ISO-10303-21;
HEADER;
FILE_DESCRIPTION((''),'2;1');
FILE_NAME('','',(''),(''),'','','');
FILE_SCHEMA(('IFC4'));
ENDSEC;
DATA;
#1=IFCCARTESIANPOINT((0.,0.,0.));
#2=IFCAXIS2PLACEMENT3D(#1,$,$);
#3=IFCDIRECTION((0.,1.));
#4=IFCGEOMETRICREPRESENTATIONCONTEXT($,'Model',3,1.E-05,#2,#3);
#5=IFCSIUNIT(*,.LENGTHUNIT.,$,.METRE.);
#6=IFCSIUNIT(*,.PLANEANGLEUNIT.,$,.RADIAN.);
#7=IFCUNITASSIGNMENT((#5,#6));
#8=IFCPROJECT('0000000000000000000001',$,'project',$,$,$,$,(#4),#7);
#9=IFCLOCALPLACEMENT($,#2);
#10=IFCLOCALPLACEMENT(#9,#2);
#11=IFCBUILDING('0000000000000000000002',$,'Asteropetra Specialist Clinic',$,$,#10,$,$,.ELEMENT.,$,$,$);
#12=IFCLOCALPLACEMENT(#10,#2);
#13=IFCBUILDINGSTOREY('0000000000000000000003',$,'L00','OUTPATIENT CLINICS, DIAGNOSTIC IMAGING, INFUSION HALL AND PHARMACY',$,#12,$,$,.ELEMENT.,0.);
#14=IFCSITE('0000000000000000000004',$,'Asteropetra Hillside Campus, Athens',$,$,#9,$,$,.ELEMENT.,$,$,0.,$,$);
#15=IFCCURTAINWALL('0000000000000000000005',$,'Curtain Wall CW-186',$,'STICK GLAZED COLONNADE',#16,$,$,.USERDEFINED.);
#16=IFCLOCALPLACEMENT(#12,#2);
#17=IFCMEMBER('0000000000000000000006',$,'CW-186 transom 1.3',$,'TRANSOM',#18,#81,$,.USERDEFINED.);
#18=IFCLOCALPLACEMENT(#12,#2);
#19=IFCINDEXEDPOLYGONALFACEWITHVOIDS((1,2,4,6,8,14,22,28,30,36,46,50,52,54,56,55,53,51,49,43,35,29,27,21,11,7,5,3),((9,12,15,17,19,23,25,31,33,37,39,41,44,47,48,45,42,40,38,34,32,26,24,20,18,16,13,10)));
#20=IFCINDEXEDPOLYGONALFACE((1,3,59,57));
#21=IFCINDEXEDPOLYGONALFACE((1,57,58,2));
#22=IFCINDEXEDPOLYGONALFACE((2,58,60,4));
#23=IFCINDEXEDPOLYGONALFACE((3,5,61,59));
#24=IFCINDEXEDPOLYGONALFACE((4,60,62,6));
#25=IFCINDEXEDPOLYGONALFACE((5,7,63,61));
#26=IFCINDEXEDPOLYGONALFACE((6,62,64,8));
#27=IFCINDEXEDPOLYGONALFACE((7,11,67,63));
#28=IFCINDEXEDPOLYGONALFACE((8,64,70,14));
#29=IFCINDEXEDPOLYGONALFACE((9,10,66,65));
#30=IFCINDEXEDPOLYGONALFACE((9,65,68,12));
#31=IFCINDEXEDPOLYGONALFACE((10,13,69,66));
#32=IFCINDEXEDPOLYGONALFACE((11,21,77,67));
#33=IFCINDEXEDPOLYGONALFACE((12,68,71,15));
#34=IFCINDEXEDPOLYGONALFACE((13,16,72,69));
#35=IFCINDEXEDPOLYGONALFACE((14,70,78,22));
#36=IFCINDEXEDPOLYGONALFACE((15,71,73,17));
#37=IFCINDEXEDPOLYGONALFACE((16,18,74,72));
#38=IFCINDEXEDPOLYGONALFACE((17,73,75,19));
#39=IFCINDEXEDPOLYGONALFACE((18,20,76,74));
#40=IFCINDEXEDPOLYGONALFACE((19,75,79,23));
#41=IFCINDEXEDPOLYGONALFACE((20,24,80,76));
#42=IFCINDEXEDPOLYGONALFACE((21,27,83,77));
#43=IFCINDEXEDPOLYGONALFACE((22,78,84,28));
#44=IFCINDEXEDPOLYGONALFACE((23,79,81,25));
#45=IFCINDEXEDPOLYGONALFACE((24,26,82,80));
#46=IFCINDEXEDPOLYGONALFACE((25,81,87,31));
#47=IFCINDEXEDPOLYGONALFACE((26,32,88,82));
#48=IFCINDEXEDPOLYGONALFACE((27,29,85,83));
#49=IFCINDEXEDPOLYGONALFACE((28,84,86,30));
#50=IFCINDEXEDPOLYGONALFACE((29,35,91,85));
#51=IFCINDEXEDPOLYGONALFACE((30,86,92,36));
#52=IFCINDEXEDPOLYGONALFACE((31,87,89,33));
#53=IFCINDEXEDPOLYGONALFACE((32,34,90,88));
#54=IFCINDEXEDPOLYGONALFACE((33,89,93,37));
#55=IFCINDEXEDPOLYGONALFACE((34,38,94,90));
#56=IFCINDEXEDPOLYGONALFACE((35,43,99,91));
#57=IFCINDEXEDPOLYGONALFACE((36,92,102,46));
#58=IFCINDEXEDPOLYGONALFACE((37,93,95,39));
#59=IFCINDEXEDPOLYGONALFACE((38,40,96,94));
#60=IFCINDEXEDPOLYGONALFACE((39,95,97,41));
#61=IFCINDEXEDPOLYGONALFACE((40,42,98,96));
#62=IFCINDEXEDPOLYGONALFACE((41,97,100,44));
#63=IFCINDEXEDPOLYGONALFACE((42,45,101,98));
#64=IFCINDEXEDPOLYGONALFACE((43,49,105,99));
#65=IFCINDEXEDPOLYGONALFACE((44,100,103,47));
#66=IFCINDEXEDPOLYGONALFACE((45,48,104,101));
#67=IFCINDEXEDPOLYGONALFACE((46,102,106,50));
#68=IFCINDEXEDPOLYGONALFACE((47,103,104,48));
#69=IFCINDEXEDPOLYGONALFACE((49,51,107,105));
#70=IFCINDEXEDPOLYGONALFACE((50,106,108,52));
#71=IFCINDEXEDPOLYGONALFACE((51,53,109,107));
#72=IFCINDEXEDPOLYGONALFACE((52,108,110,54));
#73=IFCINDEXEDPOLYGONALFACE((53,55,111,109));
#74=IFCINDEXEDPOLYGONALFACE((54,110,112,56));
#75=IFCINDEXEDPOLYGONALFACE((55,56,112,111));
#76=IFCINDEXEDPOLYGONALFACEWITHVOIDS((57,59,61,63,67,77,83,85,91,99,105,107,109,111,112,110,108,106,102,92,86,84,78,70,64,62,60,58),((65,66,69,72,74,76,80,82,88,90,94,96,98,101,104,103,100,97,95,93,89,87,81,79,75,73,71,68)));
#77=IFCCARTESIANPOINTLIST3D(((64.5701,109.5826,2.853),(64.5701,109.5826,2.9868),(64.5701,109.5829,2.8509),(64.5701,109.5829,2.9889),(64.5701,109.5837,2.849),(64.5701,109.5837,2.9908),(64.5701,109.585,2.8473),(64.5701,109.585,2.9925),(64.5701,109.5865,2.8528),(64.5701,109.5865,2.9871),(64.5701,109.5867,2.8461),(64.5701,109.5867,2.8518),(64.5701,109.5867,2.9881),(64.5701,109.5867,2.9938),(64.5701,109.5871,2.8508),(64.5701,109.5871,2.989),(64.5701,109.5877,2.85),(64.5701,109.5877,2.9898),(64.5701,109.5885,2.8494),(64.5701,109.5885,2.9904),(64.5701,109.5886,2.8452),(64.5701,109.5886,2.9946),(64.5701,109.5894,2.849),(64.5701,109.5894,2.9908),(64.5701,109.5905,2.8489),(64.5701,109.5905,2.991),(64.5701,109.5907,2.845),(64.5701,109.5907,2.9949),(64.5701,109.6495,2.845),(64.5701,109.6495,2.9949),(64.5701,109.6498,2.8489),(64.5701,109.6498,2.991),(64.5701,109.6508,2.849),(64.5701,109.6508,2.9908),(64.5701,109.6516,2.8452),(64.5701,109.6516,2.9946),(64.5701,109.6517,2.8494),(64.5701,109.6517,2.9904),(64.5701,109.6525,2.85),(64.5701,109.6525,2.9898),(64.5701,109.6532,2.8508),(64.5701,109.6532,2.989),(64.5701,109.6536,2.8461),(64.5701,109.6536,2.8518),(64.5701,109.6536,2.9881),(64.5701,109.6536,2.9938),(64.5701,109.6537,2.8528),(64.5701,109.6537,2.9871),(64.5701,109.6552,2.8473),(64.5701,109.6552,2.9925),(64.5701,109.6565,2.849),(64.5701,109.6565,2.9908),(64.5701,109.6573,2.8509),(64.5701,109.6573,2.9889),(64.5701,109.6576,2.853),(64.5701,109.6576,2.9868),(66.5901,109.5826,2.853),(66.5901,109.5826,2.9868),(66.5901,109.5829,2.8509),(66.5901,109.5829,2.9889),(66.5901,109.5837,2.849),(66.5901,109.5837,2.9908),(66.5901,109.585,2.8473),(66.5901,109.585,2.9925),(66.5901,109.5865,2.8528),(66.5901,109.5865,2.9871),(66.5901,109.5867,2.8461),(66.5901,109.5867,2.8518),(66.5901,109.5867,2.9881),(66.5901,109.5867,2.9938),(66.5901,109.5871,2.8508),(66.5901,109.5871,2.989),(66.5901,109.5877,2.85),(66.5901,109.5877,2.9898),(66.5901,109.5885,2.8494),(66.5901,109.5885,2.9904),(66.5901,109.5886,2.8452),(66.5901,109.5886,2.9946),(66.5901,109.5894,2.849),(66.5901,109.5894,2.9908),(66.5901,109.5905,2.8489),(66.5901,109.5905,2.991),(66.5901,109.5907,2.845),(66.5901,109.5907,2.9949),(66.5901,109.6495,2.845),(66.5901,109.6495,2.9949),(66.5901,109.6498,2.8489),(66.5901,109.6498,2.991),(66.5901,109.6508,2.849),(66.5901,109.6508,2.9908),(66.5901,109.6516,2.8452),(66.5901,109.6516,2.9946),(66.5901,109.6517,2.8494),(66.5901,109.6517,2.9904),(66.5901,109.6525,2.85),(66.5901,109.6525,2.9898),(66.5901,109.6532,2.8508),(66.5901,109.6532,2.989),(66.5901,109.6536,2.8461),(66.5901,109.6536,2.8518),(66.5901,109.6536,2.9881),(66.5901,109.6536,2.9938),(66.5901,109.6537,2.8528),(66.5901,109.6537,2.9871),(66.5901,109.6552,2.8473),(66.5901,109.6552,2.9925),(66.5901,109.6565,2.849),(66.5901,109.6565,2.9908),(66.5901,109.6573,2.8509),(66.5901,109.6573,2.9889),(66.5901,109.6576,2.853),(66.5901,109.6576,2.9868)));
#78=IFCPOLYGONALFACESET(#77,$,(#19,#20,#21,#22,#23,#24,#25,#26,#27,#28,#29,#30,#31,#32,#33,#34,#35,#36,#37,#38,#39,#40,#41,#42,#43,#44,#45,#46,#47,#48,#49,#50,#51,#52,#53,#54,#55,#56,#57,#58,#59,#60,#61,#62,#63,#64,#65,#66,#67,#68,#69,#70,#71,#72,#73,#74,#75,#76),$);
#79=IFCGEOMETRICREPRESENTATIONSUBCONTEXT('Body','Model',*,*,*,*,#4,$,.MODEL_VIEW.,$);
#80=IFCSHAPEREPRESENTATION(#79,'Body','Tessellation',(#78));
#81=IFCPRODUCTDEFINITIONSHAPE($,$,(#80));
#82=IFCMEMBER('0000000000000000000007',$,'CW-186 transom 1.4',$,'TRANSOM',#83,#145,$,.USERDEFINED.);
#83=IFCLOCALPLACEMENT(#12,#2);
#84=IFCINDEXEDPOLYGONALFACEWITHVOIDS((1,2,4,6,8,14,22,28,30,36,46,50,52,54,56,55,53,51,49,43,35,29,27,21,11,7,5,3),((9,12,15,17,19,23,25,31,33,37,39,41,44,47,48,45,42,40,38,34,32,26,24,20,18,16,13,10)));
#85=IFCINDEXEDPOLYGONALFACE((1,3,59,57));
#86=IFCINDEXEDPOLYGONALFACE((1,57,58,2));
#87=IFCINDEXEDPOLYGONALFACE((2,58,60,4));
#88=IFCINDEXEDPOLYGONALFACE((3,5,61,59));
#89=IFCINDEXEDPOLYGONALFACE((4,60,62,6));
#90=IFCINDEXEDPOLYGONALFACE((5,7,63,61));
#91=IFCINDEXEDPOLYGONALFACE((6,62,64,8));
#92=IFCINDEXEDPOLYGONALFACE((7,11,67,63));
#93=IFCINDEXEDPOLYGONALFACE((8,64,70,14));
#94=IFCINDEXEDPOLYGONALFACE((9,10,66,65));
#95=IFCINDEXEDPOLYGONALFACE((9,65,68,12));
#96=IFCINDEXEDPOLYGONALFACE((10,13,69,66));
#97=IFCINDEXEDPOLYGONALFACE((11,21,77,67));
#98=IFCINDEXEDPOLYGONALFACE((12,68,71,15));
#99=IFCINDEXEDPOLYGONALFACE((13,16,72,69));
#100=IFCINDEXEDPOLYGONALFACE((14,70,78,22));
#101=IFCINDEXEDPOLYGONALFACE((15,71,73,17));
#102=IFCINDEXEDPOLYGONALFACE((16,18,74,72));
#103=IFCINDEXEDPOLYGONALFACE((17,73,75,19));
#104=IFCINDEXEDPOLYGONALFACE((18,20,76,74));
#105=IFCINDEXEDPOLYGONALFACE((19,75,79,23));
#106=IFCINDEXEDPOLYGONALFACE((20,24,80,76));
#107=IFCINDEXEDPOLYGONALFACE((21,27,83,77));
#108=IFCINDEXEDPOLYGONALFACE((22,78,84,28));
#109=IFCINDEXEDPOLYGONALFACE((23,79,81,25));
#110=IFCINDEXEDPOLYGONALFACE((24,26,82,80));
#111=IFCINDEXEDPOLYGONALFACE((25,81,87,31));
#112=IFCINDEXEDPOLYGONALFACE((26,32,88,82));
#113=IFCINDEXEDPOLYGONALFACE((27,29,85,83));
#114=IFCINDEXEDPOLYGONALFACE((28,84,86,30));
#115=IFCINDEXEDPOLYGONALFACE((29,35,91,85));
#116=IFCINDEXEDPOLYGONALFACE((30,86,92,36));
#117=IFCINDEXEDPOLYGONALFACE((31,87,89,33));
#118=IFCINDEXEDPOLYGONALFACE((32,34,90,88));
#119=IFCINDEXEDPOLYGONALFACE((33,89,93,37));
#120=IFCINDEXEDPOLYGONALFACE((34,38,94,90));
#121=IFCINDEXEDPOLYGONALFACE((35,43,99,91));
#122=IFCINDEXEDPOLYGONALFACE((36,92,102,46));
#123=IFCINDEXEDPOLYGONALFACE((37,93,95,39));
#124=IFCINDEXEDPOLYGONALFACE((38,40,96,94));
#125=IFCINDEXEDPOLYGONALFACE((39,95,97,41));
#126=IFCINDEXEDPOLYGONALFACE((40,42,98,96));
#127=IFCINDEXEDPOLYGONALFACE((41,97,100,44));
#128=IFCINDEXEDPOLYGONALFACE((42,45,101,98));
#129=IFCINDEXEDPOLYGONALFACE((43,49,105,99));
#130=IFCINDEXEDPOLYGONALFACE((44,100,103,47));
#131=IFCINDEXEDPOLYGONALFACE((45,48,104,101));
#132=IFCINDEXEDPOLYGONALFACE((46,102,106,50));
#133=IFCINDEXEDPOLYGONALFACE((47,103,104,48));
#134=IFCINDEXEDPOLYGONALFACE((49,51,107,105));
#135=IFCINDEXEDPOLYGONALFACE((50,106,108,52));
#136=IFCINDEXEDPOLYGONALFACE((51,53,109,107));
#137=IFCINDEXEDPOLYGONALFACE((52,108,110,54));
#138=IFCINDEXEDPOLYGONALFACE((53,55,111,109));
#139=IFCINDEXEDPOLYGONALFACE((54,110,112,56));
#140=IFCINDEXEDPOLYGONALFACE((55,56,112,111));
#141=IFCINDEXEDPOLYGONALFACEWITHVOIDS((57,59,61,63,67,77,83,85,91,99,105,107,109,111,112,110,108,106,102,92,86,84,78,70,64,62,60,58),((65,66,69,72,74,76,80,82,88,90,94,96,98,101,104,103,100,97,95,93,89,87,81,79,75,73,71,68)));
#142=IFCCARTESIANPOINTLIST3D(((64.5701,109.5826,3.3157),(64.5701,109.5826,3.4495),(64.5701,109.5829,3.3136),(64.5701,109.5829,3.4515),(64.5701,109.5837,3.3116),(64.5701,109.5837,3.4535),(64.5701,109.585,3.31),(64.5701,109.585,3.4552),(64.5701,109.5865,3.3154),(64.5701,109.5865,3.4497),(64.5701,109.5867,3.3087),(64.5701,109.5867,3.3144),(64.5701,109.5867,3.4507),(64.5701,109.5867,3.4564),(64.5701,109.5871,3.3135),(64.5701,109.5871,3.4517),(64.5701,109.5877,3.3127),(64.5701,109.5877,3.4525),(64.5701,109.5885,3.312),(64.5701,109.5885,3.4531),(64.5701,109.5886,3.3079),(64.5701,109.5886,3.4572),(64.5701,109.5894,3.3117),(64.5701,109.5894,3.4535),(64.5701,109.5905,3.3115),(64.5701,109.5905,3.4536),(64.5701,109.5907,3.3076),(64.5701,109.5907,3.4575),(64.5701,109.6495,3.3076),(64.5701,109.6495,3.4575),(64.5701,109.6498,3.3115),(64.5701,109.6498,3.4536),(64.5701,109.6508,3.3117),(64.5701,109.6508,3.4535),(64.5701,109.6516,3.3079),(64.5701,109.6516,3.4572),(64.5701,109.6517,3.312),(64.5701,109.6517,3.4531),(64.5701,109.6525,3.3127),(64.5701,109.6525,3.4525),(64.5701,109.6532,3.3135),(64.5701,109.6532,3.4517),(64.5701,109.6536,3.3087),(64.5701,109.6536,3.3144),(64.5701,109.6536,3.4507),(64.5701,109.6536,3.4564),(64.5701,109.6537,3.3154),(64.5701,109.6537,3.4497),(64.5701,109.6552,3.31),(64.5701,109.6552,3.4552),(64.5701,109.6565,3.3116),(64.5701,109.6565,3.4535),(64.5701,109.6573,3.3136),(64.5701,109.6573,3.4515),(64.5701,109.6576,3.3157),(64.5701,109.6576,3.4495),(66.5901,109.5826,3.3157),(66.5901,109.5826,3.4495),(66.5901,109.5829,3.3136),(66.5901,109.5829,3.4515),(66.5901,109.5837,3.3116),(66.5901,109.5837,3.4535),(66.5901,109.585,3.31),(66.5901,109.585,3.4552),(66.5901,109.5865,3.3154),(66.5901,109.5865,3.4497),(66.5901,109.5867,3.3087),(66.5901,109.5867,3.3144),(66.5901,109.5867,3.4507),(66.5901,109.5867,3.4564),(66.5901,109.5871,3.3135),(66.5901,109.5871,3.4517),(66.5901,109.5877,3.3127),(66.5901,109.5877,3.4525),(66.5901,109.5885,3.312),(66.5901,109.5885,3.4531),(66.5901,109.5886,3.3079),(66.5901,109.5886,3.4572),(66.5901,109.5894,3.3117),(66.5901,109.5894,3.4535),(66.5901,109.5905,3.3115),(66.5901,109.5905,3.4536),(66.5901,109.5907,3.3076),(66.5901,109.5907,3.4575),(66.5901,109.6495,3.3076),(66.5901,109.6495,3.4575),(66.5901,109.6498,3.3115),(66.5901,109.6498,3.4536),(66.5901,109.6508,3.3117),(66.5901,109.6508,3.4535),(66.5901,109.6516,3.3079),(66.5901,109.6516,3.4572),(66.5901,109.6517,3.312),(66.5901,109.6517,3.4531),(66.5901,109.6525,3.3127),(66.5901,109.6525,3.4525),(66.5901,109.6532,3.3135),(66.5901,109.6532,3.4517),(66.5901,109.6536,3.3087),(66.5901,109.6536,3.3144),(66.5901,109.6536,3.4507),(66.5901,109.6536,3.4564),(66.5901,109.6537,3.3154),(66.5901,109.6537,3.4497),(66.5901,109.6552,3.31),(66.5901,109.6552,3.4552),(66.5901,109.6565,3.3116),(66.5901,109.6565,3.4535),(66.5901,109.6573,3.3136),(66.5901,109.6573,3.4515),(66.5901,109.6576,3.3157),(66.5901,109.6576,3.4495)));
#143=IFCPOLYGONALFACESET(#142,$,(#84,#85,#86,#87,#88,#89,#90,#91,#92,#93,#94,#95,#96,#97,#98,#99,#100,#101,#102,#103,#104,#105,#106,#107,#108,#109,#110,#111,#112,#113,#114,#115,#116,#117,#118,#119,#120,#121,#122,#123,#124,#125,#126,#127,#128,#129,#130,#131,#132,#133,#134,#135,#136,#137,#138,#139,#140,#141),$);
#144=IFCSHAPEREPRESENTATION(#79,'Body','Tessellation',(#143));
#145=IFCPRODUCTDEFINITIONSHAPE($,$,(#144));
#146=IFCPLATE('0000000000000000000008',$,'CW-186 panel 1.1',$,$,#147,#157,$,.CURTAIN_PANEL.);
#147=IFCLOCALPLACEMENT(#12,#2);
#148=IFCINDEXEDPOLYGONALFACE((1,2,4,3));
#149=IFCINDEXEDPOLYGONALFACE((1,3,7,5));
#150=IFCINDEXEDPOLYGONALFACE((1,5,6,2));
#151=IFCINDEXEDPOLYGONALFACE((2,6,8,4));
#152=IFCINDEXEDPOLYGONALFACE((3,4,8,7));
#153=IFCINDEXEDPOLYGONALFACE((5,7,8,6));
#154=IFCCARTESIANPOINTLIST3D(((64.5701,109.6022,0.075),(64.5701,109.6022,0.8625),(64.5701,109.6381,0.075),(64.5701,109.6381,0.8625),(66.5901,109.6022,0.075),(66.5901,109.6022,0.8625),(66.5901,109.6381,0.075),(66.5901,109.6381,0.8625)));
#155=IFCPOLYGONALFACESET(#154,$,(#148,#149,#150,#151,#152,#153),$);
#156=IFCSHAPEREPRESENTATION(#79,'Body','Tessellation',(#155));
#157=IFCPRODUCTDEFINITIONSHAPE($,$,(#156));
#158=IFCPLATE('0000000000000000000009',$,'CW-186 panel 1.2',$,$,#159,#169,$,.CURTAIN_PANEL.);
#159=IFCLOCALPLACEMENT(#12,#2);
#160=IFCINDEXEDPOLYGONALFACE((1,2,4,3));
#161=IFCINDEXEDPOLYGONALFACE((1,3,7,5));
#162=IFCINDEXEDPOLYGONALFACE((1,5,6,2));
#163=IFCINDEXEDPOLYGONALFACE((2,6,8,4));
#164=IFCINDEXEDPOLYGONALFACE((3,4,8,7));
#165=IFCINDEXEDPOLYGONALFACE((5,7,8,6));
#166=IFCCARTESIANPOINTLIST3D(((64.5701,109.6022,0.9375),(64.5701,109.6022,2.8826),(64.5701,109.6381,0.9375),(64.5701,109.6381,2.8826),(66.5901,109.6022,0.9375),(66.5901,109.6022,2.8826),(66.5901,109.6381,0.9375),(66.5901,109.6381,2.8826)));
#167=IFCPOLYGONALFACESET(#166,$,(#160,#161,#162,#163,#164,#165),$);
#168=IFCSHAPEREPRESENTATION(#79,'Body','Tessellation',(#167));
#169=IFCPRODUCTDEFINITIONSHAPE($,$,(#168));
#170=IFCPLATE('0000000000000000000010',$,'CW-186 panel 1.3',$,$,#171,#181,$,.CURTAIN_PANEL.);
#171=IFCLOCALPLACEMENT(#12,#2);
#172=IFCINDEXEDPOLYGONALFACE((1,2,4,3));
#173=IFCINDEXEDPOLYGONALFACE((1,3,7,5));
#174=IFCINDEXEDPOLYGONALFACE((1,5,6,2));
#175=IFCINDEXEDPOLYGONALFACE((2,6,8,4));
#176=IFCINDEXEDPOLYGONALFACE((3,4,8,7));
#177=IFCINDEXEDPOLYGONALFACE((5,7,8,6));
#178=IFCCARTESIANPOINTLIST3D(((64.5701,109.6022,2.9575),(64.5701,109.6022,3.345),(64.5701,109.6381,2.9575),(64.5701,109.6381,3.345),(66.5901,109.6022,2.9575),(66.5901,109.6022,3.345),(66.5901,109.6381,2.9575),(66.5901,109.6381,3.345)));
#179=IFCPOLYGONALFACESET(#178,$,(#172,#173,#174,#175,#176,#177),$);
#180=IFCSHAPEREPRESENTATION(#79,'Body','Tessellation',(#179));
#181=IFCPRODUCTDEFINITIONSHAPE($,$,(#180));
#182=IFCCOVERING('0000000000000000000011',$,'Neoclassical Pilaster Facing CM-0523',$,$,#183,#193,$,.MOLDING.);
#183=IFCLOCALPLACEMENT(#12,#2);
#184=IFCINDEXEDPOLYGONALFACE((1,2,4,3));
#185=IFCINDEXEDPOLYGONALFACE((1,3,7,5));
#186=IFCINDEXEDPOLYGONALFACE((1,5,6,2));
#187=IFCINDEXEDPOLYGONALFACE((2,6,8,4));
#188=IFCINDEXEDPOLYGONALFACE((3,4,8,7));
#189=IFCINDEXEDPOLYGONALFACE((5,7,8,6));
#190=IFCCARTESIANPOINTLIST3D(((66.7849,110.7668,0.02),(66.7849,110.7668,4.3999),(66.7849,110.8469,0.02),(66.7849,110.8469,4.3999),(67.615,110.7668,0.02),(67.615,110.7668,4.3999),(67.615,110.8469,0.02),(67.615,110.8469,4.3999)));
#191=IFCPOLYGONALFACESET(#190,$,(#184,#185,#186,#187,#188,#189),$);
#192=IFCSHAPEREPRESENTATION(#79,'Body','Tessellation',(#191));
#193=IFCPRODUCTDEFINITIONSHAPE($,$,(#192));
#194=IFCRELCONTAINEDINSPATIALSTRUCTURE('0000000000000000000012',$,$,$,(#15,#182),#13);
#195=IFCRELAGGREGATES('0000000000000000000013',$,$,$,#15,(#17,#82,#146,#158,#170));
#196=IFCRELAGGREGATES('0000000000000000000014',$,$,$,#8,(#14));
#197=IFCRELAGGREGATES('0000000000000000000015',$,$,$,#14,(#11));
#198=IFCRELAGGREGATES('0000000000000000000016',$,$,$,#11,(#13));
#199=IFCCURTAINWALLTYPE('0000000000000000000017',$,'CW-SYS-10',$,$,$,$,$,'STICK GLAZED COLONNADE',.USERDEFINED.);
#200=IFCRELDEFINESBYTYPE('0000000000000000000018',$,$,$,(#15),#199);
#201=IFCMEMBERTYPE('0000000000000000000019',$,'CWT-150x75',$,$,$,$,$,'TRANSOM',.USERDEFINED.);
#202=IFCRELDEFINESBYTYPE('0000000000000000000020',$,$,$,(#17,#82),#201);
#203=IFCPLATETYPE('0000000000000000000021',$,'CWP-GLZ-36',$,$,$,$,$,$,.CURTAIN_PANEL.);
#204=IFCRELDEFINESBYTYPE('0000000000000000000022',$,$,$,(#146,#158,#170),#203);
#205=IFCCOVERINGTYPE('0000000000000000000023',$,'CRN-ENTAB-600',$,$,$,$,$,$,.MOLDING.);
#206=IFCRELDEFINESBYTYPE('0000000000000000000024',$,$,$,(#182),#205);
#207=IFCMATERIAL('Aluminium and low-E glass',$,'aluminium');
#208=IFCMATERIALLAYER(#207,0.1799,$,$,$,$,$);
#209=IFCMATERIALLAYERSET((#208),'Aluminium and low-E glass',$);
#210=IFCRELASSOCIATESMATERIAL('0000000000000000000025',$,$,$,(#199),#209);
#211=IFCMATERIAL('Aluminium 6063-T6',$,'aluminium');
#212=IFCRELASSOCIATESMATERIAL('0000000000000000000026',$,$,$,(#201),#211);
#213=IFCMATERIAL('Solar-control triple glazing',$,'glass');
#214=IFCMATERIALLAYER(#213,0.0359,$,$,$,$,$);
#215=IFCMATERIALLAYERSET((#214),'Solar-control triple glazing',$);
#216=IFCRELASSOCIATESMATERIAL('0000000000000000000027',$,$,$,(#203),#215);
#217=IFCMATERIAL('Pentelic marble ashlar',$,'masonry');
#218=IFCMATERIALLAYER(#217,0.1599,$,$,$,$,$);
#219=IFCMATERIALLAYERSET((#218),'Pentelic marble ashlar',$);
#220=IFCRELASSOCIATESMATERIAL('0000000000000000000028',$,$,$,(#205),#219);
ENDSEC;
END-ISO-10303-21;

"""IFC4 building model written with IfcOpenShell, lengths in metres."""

from ifc_helpers import new_model, si_unit, direction, frame, origin, origin_2d, place, context, subcontext, project, spatial, rectangle, hollow_rectangle, extrude, material, layer, layer_set, material_profile, profile_set, type_object, element, aggregate, save


model = new_model("IFC4")

# Units and contexts
model_context = context("Model", 3, precision=1e-05, world=origin(), true_north=direction((0.0, 1.0)))
body_context = subcontext(model_context, "Body", "Model", "MODEL_VIEW")
ifc_project = project(units=[si_unit("LENGTHUNIT", "METRE"), si_unit("PLANEANGLEUNIT", "RADIAN")], contexts=[model_context])

# Site, building, storey
site_placement = place(None, origin())
site = spatial("IfcSite", under=ifc_project, at=site_placement, Name="Asteropetra Hillside Campus, Athens", CompositionType="ELEMENT", RefElevation=0.0)
building_placement = place(site_placement, origin())
building = spatial("IfcBuilding", under=site, at=building_placement, Name="Asteropetra Specialist Clinic", CompositionType="ELEMENT")
storey_placement = place(building_placement, origin())
storey = spatial("IfcBuildingStorey", under=building, at=storey_placement, Name="L00", Description="OUTPATIENT CLINICS, DIAGNOSTIC IMAGING, INFUSION HALL AND PHARMACY", CompositionType="ELEMENT", Elevation=0.0)

# Curtain wall, members, plates
ifc_material_1 = material(Name="Aluminium and low-E glass", Category="aluminium")
ifc_layer_1 = layer(ifc_material_1, 0.1799)
ifc_layer_set_1 = layer_set([ifc_layer_1], Name="Aluminium and low-E glass")
curtain_wall_type = type_object("IfcCurtainWallType", Name="CW-SYS-10", ElementType="STICK GLAZED COLONNADE", PredefinedType="USERDEFINED", material=ifc_layer_set_1)
curtain_wall_placement = place(storey_placement, origin())
curtain_wall = element("IfcCurtainWall", 1, at=curtain_wall_placement, inside=storey, type_object=curtain_wall_type, Name="Curtain Wall CW-186", ObjectType="STICK GLAZED COLONNADE", PredefinedType="USERDEFINED")
ifc_material_2 = material(Name="Aluminium 6063-T6", Category="aluminium")
ifc_material_profile_1 = material_profile(ifc_material_2, hollow_rectangle(XDim=0.075, YDim=0.1499, WallThickness=0.0039, InnerFilletRadius=0.0039, OuterFilletRadius=0.0081, at=origin_2d()), Name="TRN 150x75x4.0")
ifc_profile_set_1 = profile_set([ifc_material_profile_1], Name="Aluminium 6063-T6")
member_type_1 = type_object("IfcMemberType", Name="CWT-150x75", ElementType="TRANSOM", PredefinedType="USERDEFINED", material=ifc_profile_set_1)
member_1_placement = place(storey_placement, frame((66.5901, 109.6201, 2.9199), z_axis=(-1.0, 0.0, 0.0), x_axis=(0.0, -1.0, 0.0)))
member_1 = element("IfcMember", 2, at=member_1_placement, type_object=member_type_1, Name="CW-186 transom 1.3", ObjectType="TRANSOM", PredefinedType="USERDEFINED", context=body_context, shape_type="SweptSolid", body=[
    extrude(hollow_rectangle(XDim=0.075, YDim=0.1499, WallThickness=0.0039, InnerFilletRadius=0.0039, OuterFilletRadius=0.0081, at=origin_2d()), origin(), (0.0, 0.0, 1.0), 2.02),
])
member_2_placement = place(storey_placement, frame((66.5901, 109.6201, 3.3826), z_axis=(-1.0, 0.0, 0.0), x_axis=(0.0, -1.0, 0.0)))
member_2 = element("IfcMember", 3, at=member_2_placement, type_object=member_type_1, Name="CW-186 transom 1.4", ObjectType="TRANSOM", PredefinedType="USERDEFINED", context=body_context, shape_type="SweptSolid", body=[
    extrude(hollow_rectangle(XDim=0.075, YDim=0.1499, WallThickness=0.0039, InnerFilletRadius=0.0039, OuterFilletRadius=0.0081, at=origin_2d()), origin(), (0.0, 0.0, 1.0), 2.02),
])
ifc_material_3 = material(Name="Solar-control triple glazing", Category="glass")
ifc_layer_2 = layer(ifc_material_3, 0.0359)
ifc_layer_set_2 = layer_set([ifc_layer_2], Name="Solar-control triple glazing")
plate_type = type_object("IfcPlateType", Name="CWP-GLZ-36", PredefinedType="CURTAIN_PANEL", material=ifc_layer_set_2)
plate_1_placement = place(storey_placement, frame((65.5801, 109.6201, 0.075), z_axis=(0.0, 0.0, 1.0), x_axis=(-1.0, 0.0, 0.0)))
plate_1 = element("IfcPlate", 4, at=plate_1_placement, type_object=plate_type, Name="CW-186 panel 1.1", PredefinedType="CURTAIN_PANEL", context=body_context, shape_type="SweptSolid", body=[
    extrude(rectangle(XDim=2.02, YDim=0.0359, at=origin_2d()), origin(), (0.0, 0.0, 1.0), 0.7876),
])
plate_2_placement = place(storey_placement, frame((65.5801, 109.6201, 0.9375), z_axis=(0.0, 0.0, 1.0), x_axis=(-1.0, 0.0, 0.0)))
plate_2 = element("IfcPlate", 5, at=plate_2_placement, type_object=plate_type, Name="CW-186 panel 1.2", PredefinedType="CURTAIN_PANEL", context=body_context, shape_type="SweptSolid", body=[
    extrude(rectangle(XDim=2.02, YDim=0.0359, at=origin_2d()), origin(), (0.0, 0.0, 1.0), 1.9451),
])
plate_3_placement = place(storey_placement, frame((65.5801, 109.6201, 2.9575), z_axis=(0.0, 0.0, 1.0), x_axis=(-1.0, 0.0, 0.0)))
plate_3 = element("IfcPlate", 6, at=plate_3_placement, type_object=plate_type, Name="CW-186 panel 1.3", PredefinedType="CURTAIN_PANEL", context=body_context, shape_type="SweptSolid", body=[
    extrude(rectangle(XDim=2.02, YDim=0.0359, at=origin_2d()), origin(), (0.0, 0.0, 1.0), 0.3875),
])
aggregate(curtain_wall, [member_1, member_2, plate_1, plate_2, plate_3])

# Covering
ifc_material_4 = material(Name="Pentelic marble ashlar", Category="masonry")
ifc_layer_3 = layer(ifc_material_4, 0.1599)
ifc_layer_set_3 = layer_set([ifc_layer_3], Name="Pentelic marble ashlar")
covering_type = type_object("IfcCoveringType", Name="CRN-ENTAB-600", PredefinedType="MOLDING", material=ifc_layer_set_3)
covering_1_placement = place(storey_placement, frame((67.2, 110.8069, 0.02), z_axis=(0.0, 0.0, 1.0), x_axis=(1.0, 0.0, 0.0)))
element("IfcCovering", 7, at=covering_1_placement, inside=storey, type_object=covering_type, Name="Neoclassical Pilaster Facing CM-0523", PredefinedType="MOLDING", context=body_context, shape_type="SweptSolid", body=[
    extrude(rectangle(XDim=0.8301, YDim=0.0801, at=origin_2d()), origin(), (0.0, 0.0, 1.0), 4.3799),
])

save(model, "model.ifc")
